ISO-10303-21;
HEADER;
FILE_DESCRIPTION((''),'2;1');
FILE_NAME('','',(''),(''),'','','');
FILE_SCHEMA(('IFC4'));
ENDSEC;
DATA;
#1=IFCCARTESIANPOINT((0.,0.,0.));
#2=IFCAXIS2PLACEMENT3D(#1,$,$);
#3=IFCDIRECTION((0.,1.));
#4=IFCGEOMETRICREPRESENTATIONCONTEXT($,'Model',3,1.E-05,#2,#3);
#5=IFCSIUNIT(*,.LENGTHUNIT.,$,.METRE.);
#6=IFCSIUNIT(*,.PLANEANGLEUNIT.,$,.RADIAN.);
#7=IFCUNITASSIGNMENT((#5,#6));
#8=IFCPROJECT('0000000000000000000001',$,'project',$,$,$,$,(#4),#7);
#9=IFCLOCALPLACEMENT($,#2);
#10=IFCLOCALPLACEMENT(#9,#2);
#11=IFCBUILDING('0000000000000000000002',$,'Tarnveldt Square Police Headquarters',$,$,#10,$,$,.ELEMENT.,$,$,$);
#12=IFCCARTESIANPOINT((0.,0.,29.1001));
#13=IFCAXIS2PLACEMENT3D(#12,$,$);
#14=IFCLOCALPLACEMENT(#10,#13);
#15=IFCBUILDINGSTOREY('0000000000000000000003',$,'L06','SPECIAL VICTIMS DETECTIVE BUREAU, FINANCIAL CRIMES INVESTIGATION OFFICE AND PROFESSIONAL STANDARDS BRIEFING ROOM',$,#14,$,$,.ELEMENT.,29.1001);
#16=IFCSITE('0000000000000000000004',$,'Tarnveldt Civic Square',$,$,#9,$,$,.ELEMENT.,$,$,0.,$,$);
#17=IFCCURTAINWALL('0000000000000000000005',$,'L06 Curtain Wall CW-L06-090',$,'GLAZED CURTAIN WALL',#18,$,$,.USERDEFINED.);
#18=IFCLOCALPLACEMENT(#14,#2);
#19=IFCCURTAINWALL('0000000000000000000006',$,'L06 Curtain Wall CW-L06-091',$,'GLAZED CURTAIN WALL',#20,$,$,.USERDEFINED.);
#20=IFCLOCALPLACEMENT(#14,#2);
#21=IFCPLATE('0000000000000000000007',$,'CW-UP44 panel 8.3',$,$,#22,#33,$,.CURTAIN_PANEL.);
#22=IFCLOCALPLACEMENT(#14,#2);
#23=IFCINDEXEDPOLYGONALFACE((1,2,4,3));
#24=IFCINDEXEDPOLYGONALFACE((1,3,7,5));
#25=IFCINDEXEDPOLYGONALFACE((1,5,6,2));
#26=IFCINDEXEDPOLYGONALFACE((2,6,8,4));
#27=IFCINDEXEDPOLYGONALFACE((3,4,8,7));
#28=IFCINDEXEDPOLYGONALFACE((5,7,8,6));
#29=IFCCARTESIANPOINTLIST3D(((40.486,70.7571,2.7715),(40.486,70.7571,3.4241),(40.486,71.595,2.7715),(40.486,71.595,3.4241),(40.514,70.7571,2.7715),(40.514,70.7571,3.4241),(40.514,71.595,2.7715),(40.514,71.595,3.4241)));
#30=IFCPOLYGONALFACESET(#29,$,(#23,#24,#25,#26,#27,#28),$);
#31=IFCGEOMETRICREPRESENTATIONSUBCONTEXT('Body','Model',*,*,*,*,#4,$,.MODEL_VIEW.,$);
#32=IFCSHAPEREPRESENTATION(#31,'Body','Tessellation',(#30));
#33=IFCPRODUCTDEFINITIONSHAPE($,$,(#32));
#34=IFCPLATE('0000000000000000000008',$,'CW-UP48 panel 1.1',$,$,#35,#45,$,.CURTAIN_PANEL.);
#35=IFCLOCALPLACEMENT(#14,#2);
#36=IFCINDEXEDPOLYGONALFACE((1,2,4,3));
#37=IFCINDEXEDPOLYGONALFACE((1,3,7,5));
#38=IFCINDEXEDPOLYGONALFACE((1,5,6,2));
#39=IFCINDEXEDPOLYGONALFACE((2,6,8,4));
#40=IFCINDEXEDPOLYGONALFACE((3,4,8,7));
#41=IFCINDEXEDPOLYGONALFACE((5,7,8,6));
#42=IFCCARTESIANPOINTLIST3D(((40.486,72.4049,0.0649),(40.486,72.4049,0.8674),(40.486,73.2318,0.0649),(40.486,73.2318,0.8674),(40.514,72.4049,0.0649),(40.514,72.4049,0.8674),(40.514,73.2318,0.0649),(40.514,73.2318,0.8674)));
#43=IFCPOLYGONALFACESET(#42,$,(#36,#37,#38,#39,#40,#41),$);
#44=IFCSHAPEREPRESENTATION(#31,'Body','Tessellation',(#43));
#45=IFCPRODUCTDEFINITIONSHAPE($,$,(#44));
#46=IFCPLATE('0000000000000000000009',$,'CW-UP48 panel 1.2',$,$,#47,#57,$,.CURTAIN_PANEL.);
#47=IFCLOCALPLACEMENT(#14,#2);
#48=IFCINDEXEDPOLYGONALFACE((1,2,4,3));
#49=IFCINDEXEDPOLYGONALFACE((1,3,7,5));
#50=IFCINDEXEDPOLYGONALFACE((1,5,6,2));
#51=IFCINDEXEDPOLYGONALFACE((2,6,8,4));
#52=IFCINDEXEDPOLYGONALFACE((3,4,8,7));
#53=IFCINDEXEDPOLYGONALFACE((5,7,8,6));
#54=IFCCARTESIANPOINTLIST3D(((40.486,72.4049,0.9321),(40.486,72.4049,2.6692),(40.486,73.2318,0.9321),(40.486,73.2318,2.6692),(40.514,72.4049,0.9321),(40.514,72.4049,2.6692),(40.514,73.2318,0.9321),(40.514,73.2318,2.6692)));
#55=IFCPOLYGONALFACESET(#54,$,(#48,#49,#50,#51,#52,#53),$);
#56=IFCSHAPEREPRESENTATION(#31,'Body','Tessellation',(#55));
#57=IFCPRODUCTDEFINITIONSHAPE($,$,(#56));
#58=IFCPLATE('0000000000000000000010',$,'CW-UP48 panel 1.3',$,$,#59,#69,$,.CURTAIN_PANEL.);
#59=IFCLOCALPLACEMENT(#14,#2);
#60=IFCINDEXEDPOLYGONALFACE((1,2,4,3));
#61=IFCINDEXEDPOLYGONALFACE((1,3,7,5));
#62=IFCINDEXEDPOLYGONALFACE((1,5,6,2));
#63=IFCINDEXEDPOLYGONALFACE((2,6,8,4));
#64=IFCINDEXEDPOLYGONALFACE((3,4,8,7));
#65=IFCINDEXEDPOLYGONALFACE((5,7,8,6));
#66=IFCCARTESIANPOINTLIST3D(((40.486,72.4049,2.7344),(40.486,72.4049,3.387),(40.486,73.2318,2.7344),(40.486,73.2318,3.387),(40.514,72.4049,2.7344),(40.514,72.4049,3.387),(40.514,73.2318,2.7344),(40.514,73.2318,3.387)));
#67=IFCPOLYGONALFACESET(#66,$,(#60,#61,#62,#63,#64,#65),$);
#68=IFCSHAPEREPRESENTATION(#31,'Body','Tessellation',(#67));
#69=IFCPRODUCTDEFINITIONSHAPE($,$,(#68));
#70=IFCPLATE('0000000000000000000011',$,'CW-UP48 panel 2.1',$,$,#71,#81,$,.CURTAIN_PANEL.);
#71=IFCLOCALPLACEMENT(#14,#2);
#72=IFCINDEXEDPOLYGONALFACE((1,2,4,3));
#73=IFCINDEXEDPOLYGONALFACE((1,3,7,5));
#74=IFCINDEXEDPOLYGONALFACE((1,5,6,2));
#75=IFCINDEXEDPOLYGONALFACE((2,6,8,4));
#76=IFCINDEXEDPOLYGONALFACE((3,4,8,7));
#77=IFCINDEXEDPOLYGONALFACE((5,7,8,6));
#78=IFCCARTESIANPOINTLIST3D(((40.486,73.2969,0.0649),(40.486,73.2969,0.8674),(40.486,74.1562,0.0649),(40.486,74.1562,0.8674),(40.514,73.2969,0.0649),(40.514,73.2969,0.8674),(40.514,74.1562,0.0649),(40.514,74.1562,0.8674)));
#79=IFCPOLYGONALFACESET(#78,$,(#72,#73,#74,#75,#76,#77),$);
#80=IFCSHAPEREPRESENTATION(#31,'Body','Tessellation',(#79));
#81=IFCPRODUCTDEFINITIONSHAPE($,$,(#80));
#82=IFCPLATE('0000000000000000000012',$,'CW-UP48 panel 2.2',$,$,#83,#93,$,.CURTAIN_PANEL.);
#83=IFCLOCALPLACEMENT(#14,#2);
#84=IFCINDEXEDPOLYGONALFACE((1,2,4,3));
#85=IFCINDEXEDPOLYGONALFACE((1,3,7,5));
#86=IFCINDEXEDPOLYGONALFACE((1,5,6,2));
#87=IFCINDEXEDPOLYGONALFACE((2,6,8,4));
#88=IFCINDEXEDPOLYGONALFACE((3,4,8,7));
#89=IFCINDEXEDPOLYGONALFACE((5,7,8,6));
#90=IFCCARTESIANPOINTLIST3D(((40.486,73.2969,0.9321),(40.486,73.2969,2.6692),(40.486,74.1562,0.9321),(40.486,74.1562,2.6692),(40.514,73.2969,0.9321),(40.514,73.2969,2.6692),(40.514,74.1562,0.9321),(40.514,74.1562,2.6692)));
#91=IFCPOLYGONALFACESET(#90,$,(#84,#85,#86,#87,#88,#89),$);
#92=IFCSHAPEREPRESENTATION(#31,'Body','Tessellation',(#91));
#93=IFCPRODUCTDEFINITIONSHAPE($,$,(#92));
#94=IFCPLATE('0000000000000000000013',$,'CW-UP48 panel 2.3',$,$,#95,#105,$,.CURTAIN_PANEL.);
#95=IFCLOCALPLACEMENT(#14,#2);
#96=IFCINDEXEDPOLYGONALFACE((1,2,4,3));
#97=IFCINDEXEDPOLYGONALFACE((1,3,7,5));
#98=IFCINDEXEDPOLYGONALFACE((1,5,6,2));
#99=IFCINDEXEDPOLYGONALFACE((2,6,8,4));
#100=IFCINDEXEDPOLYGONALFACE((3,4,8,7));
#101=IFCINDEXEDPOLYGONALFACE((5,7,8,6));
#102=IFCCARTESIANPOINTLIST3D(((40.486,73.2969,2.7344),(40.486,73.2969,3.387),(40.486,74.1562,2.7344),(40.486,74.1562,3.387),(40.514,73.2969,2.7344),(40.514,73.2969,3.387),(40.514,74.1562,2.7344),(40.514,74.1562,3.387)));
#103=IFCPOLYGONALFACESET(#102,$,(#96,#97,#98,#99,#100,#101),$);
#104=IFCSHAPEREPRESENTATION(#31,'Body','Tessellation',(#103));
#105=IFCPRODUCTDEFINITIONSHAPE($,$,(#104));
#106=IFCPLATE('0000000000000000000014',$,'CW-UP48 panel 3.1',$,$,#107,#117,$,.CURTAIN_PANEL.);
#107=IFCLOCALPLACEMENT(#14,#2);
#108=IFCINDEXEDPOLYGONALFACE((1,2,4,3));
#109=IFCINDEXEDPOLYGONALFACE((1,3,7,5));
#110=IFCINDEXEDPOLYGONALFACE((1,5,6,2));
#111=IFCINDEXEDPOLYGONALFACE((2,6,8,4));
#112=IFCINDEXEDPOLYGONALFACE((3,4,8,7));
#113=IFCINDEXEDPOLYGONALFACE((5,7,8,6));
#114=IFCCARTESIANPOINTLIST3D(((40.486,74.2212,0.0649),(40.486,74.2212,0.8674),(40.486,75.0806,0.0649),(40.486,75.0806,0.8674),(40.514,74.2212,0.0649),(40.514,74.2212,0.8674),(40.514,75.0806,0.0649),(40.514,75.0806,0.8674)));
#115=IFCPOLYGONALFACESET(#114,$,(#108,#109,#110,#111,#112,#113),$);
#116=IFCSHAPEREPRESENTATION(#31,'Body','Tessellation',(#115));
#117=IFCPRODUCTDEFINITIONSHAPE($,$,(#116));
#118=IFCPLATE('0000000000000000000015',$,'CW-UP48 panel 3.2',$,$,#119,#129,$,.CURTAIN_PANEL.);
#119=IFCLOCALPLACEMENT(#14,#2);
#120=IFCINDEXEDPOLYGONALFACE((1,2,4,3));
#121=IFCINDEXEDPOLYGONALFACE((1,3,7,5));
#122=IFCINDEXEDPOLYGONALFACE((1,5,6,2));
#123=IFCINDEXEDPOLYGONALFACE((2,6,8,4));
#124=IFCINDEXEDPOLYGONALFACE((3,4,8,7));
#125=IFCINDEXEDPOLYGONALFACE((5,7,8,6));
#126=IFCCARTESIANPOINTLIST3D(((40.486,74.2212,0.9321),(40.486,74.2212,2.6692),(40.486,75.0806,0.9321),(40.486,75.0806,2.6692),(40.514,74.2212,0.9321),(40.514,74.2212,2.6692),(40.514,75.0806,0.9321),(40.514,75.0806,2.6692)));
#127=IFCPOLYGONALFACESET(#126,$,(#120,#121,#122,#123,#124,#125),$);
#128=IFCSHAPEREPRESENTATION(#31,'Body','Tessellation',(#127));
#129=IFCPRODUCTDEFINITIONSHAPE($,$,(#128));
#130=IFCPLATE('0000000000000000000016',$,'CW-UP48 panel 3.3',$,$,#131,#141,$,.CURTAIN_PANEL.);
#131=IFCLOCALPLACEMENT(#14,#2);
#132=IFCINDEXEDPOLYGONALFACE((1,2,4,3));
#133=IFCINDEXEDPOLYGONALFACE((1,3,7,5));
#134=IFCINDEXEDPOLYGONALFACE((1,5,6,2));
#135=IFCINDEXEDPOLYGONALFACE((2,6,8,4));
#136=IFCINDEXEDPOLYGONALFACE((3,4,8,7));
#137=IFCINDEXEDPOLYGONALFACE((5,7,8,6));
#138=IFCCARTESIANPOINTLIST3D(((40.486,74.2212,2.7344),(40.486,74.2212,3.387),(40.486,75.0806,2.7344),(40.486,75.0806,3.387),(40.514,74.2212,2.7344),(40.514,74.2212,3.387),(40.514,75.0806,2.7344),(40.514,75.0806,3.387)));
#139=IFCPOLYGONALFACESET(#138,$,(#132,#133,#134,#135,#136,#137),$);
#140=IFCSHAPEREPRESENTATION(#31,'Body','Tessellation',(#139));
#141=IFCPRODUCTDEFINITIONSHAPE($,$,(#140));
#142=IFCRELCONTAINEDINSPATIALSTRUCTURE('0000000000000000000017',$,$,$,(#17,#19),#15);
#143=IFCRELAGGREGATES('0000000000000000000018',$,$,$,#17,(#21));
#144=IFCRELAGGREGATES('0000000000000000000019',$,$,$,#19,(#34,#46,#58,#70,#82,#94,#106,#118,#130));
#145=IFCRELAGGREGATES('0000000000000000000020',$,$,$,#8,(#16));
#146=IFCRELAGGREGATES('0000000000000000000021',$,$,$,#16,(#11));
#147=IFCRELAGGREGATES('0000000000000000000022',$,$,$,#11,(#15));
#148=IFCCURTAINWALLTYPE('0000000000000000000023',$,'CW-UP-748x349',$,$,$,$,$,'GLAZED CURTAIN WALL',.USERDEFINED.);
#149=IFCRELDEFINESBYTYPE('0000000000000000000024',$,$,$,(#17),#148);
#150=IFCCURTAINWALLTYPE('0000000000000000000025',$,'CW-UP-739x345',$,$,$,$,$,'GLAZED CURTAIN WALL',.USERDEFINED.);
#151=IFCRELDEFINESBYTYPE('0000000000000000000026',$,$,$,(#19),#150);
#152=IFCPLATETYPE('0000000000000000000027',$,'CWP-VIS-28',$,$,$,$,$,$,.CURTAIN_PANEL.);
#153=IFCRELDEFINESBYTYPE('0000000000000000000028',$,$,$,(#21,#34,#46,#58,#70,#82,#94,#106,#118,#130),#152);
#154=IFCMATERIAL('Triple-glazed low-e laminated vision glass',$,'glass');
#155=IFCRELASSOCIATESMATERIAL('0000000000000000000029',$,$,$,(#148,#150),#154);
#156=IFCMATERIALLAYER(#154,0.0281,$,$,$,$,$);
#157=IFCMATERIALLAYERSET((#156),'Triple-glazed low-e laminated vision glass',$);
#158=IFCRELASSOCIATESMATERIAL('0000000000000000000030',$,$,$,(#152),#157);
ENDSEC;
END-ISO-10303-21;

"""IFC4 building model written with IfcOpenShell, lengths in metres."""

from ifc_helpers import new_model, si_unit, direction, frame, origin, origin_2d, place, context, subcontext, project, spatial, rectangle, extrude, material, layer, layer_set, type_object, element, aggregate, save


model = new_model("IFC4")

# Units and contexts
model_context = context("Model", 3, precision=1e-05, world=origin(), true_north=direction((0.0, 1.0)))
body_context = subcontext(model_context, "Body", "Model", "MODEL_VIEW")
ifc_project = project(units=[si_unit("LENGTHUNIT", "METRE"), si_unit("PLANEANGLEUNIT", "RADIAN")], contexts=[model_context])

# Site, building, storey
site_placement = place(None, origin())
site = spatial("IfcSite", under=ifc_project, at=site_placement, Name="Tarnveldt Civic Square", CompositionType="ELEMENT", RefElevation=0.0)
building_placement = place(site_placement, origin())
building = spatial("IfcBuilding", under=site, at=building_placement, Name="Tarnveldt Square Police Headquarters", CompositionType="ELEMENT")
storey_placement = place(building_placement, frame((0.0, 0.0, 29.1001)))
storey = spatial("IfcBuildingStorey", under=building, at=storey_placement, Name="L06", Description="SPECIAL VICTIMS DETECTIVE BUREAU, FINANCIAL CRIMES INVESTIGATION OFFICE AND PROFESSIONAL STANDARDS BRIEFING ROOM", CompositionType="ELEMENT", Elevation=29.1001)

# Curtain wall
ifc_material_1 = material(Name="Triple-glazed low-e laminated vision glass", Category="glass")
curtain_wall_type_1 = type_object("IfcCurtainWallType", Name="CW-UP-748x349", ElementType="GLAZED CURTAIN WALL", PredefinedType="USERDEFINED", material=ifc_material_1)
curtain_wall_1_placement = place(storey_placement, origin())
curtain_wall_1 = element("IfcCurtainWall", 1, at=curtain_wall_1_placement, inside=storey, type_object=curtain_wall_type_1, Name="L06 Curtain Wall CW-L06-090", ObjectType="GLAZED CURTAIN WALL", PredefinedType="USERDEFINED")

# Curtain wall
curtain_wall_type_2 = type_object("IfcCurtainWallType", Name="CW-UP-739x345", ElementType="GLAZED CURTAIN WALL", PredefinedType="USERDEFINED", material=ifc_material_1)
curtain_wall_2_placement = place(storey_placement, origin())
curtain_wall_2 = element("IfcCurtainWall", 2, at=curtain_wall_2_placement, inside=storey, type_object=curtain_wall_type_2, Name="L06 Curtain Wall CW-L06-091", ObjectType="GLAZED CURTAIN WALL", PredefinedType="USERDEFINED")

# Plates
ifc_layer = layer(ifc_material_1, 0.0281)
ifc_layer_set = layer_set([ifc_layer], Name="Triple-glazed low-e laminated vision glass")
plate_type = type_object("IfcPlateType", Name="CWP-VIS-28", PredefinedType="CURTAIN_PANEL", material=ifc_layer_set)
plate_1_placement = place(storey_placement, frame((40.5, 71.176, 2.7715), z_axis=(0.0, 0.0, 1.0), x_axis=(0.0, 1.0, 0.0)))
plate_1 = element("IfcPlate", 3, at=plate_1_placement, type_object=plate_type, Name="CW-UP44 panel 8.3", PredefinedType="CURTAIN_PANEL", context=body_context, shape_type="SweptSolid", body=[
    extrude(rectangle(XDim=0.8379, YDim=0.0281, at=origin_2d()), origin(), (0.0, 0.0, 1.0), 0.6526),
])
aggregate(curtain_wall_1, [plate_1])
plate_2_placement = place(storey_placement, frame((40.5, 72.8184, 0.0649), z_axis=(0.0, 0.0, 1.0), x_axis=(0.0, 1.0, 0.0)))
plate_2 = element("IfcPlate", 4, at=plate_2_placement, type_object=plate_type, Name="CW-UP48 panel 1.1", PredefinedType="CURTAIN_PANEL", context=body_context, shape_type="SweptSolid", body=[
    extrude(rectangle(XDim=0.8269, YDim=0.0281, at=origin_2d()), origin(), (0.0, 0.0, 1.0), 0.8025),
])
plate_3_placement = place(storey_placement, frame((40.5, 72.8184, 0.9321), z_axis=(0.0, 0.0, 1.0), x_axis=(0.0, 1.0, 0.0)))
plate_3 = element("IfcPlate", 5, at=plate_3_placement, type_object=plate_type, Name="CW-UP48 panel 1.2", PredefinedType="CURTAIN_PANEL", context=body_context, shape_type="SweptSolid", body=[
    extrude(rectangle(XDim=0.8269, YDim=0.0281, at=origin_2d()), origin(), (0.0, 0.0, 1.0), 1.7371),
])
plate_4_placement = place(storey_placement, frame((40.5, 72.8184, 2.7344), z_axis=(0.0, 0.0, 1.0), x_axis=(0.0, 1.0, 0.0)))
plate_4 = element("IfcPlate", 6, at=plate_4_placement, type_object=plate_type, Name="CW-UP48 panel 1.3", PredefinedType="CURTAIN_PANEL", context=body_context, shape_type="SweptSolid", body=[
    extrude(rectangle(XDim=0.8269, YDim=0.0281, at=origin_2d()), origin(), (0.0, 0.0, 1.0), 0.6526),
])
plate_5_placement = place(storey_placement, frame((40.5, 73.7266, 0.0649), z_axis=(0.0, 0.0, 1.0), x_axis=(0.0, 1.0, 0.0)))
plate_5 = element("IfcPlate", 7, at=plate_5_placement, type_object=plate_type, Name="CW-UP48 panel 2.1", PredefinedType="CURTAIN_PANEL", context=body_context, shape_type="SweptSolid", body=[
    extrude(rectangle(XDim=0.8594, YDim=0.0281, at=origin_2d()), origin(), (0.0, 0.0, 1.0), 0.8025),
])
plate_6_placement = place(storey_placement, frame((40.5, 73.7266, 0.9321), z_axis=(0.0, 0.0, 1.0), x_axis=(0.0, 1.0, 0.0)))
plate_6 = element("IfcPlate", 8, at=plate_6_placement, type_object=plate_type, Name="CW-UP48 panel 2.2", PredefinedType="CURTAIN_PANEL", context=body_context, shape_type="SweptSolid", body=[
    extrude(rectangle(XDim=0.8594, YDim=0.0281, at=origin_2d()), origin(), (0.0, 0.0, 1.0), 1.7371),
])
plate_7_placement = place(storey_placement, frame((40.5, 73.7266, 2.7344), z_axis=(0.0, 0.0, 1.0), x_axis=(0.0, 1.0, 0.0)))
plate_7 = element("IfcPlate", 9, at=plate_7_placement, type_object=plate_type, Name="CW-UP48 panel 2.3", PredefinedType="CURTAIN_PANEL", context=body_context, shape_type="SweptSolid", body=[
    extrude(rectangle(XDim=0.8594, YDim=0.0281, at=origin_2d()), origin(), (0.0, 0.0, 1.0), 0.6526),
])
plate_8_placement = place(storey_placement, frame((40.5, 74.6509, 0.0649), z_axis=(0.0, 0.0, 1.0), x_axis=(0.0, 1.0, 0.0)))
plate_8 = element("IfcPlate", 10, at=plate_8_placement, type_object=plate_type, Name="CW-UP48 panel 3.1", PredefinedType="CURTAIN_PANEL", context=body_context, shape_type="SweptSolid", body=[
    extrude(rectangle(XDim=0.8594, YDim=0.0281, at=origin_2d()), origin(), (0.0, 0.0, 1.0), 0.8025),
])
plate_9_placement = place(storey_placement, frame((40.5, 74.6509, 0.9321), z_axis=(0.0, 0.0, 1.0), x_axis=(0.0, 1.0, 0.0)))
plate_9 = element("IfcPlate", 11, at=plate_9_placement, type_object=plate_type, Name="CW-UP48 panel 3.2", PredefinedType="CURTAIN_PANEL", context=body_context, shape_type="SweptSolid", body=[
    extrude(rectangle(XDim=0.8594, YDim=0.0281, at=origin_2d()), origin(), (0.0, 0.0, 1.0), 1.7371),
])
plate_10_placement = place(storey_placement, frame((40.5, 74.6509, 2.7344), z_axis=(0.0, 0.0, 1.0), x_axis=(0.0, 1.0, 0.0)))
plate_10 = element("IfcPlate", 12, at=plate_10_placement, type_object=plate_type, Name="CW-UP48 panel 3.3", PredefinedType="CURTAIN_PANEL", context=body_context, shape_type="SweptSolid", body=[
    extrude(rectangle(XDim=0.8594, YDim=0.0281, at=origin_2d()), origin(), (0.0, 0.0, 1.0), 0.6526),
])
aggregate(curtain_wall_2, [plate_2, plate_3, plate_4, plate_5, plate_6, plate_7, plate_8, plate_9, plate_10])

save(model, "model.ifc")
